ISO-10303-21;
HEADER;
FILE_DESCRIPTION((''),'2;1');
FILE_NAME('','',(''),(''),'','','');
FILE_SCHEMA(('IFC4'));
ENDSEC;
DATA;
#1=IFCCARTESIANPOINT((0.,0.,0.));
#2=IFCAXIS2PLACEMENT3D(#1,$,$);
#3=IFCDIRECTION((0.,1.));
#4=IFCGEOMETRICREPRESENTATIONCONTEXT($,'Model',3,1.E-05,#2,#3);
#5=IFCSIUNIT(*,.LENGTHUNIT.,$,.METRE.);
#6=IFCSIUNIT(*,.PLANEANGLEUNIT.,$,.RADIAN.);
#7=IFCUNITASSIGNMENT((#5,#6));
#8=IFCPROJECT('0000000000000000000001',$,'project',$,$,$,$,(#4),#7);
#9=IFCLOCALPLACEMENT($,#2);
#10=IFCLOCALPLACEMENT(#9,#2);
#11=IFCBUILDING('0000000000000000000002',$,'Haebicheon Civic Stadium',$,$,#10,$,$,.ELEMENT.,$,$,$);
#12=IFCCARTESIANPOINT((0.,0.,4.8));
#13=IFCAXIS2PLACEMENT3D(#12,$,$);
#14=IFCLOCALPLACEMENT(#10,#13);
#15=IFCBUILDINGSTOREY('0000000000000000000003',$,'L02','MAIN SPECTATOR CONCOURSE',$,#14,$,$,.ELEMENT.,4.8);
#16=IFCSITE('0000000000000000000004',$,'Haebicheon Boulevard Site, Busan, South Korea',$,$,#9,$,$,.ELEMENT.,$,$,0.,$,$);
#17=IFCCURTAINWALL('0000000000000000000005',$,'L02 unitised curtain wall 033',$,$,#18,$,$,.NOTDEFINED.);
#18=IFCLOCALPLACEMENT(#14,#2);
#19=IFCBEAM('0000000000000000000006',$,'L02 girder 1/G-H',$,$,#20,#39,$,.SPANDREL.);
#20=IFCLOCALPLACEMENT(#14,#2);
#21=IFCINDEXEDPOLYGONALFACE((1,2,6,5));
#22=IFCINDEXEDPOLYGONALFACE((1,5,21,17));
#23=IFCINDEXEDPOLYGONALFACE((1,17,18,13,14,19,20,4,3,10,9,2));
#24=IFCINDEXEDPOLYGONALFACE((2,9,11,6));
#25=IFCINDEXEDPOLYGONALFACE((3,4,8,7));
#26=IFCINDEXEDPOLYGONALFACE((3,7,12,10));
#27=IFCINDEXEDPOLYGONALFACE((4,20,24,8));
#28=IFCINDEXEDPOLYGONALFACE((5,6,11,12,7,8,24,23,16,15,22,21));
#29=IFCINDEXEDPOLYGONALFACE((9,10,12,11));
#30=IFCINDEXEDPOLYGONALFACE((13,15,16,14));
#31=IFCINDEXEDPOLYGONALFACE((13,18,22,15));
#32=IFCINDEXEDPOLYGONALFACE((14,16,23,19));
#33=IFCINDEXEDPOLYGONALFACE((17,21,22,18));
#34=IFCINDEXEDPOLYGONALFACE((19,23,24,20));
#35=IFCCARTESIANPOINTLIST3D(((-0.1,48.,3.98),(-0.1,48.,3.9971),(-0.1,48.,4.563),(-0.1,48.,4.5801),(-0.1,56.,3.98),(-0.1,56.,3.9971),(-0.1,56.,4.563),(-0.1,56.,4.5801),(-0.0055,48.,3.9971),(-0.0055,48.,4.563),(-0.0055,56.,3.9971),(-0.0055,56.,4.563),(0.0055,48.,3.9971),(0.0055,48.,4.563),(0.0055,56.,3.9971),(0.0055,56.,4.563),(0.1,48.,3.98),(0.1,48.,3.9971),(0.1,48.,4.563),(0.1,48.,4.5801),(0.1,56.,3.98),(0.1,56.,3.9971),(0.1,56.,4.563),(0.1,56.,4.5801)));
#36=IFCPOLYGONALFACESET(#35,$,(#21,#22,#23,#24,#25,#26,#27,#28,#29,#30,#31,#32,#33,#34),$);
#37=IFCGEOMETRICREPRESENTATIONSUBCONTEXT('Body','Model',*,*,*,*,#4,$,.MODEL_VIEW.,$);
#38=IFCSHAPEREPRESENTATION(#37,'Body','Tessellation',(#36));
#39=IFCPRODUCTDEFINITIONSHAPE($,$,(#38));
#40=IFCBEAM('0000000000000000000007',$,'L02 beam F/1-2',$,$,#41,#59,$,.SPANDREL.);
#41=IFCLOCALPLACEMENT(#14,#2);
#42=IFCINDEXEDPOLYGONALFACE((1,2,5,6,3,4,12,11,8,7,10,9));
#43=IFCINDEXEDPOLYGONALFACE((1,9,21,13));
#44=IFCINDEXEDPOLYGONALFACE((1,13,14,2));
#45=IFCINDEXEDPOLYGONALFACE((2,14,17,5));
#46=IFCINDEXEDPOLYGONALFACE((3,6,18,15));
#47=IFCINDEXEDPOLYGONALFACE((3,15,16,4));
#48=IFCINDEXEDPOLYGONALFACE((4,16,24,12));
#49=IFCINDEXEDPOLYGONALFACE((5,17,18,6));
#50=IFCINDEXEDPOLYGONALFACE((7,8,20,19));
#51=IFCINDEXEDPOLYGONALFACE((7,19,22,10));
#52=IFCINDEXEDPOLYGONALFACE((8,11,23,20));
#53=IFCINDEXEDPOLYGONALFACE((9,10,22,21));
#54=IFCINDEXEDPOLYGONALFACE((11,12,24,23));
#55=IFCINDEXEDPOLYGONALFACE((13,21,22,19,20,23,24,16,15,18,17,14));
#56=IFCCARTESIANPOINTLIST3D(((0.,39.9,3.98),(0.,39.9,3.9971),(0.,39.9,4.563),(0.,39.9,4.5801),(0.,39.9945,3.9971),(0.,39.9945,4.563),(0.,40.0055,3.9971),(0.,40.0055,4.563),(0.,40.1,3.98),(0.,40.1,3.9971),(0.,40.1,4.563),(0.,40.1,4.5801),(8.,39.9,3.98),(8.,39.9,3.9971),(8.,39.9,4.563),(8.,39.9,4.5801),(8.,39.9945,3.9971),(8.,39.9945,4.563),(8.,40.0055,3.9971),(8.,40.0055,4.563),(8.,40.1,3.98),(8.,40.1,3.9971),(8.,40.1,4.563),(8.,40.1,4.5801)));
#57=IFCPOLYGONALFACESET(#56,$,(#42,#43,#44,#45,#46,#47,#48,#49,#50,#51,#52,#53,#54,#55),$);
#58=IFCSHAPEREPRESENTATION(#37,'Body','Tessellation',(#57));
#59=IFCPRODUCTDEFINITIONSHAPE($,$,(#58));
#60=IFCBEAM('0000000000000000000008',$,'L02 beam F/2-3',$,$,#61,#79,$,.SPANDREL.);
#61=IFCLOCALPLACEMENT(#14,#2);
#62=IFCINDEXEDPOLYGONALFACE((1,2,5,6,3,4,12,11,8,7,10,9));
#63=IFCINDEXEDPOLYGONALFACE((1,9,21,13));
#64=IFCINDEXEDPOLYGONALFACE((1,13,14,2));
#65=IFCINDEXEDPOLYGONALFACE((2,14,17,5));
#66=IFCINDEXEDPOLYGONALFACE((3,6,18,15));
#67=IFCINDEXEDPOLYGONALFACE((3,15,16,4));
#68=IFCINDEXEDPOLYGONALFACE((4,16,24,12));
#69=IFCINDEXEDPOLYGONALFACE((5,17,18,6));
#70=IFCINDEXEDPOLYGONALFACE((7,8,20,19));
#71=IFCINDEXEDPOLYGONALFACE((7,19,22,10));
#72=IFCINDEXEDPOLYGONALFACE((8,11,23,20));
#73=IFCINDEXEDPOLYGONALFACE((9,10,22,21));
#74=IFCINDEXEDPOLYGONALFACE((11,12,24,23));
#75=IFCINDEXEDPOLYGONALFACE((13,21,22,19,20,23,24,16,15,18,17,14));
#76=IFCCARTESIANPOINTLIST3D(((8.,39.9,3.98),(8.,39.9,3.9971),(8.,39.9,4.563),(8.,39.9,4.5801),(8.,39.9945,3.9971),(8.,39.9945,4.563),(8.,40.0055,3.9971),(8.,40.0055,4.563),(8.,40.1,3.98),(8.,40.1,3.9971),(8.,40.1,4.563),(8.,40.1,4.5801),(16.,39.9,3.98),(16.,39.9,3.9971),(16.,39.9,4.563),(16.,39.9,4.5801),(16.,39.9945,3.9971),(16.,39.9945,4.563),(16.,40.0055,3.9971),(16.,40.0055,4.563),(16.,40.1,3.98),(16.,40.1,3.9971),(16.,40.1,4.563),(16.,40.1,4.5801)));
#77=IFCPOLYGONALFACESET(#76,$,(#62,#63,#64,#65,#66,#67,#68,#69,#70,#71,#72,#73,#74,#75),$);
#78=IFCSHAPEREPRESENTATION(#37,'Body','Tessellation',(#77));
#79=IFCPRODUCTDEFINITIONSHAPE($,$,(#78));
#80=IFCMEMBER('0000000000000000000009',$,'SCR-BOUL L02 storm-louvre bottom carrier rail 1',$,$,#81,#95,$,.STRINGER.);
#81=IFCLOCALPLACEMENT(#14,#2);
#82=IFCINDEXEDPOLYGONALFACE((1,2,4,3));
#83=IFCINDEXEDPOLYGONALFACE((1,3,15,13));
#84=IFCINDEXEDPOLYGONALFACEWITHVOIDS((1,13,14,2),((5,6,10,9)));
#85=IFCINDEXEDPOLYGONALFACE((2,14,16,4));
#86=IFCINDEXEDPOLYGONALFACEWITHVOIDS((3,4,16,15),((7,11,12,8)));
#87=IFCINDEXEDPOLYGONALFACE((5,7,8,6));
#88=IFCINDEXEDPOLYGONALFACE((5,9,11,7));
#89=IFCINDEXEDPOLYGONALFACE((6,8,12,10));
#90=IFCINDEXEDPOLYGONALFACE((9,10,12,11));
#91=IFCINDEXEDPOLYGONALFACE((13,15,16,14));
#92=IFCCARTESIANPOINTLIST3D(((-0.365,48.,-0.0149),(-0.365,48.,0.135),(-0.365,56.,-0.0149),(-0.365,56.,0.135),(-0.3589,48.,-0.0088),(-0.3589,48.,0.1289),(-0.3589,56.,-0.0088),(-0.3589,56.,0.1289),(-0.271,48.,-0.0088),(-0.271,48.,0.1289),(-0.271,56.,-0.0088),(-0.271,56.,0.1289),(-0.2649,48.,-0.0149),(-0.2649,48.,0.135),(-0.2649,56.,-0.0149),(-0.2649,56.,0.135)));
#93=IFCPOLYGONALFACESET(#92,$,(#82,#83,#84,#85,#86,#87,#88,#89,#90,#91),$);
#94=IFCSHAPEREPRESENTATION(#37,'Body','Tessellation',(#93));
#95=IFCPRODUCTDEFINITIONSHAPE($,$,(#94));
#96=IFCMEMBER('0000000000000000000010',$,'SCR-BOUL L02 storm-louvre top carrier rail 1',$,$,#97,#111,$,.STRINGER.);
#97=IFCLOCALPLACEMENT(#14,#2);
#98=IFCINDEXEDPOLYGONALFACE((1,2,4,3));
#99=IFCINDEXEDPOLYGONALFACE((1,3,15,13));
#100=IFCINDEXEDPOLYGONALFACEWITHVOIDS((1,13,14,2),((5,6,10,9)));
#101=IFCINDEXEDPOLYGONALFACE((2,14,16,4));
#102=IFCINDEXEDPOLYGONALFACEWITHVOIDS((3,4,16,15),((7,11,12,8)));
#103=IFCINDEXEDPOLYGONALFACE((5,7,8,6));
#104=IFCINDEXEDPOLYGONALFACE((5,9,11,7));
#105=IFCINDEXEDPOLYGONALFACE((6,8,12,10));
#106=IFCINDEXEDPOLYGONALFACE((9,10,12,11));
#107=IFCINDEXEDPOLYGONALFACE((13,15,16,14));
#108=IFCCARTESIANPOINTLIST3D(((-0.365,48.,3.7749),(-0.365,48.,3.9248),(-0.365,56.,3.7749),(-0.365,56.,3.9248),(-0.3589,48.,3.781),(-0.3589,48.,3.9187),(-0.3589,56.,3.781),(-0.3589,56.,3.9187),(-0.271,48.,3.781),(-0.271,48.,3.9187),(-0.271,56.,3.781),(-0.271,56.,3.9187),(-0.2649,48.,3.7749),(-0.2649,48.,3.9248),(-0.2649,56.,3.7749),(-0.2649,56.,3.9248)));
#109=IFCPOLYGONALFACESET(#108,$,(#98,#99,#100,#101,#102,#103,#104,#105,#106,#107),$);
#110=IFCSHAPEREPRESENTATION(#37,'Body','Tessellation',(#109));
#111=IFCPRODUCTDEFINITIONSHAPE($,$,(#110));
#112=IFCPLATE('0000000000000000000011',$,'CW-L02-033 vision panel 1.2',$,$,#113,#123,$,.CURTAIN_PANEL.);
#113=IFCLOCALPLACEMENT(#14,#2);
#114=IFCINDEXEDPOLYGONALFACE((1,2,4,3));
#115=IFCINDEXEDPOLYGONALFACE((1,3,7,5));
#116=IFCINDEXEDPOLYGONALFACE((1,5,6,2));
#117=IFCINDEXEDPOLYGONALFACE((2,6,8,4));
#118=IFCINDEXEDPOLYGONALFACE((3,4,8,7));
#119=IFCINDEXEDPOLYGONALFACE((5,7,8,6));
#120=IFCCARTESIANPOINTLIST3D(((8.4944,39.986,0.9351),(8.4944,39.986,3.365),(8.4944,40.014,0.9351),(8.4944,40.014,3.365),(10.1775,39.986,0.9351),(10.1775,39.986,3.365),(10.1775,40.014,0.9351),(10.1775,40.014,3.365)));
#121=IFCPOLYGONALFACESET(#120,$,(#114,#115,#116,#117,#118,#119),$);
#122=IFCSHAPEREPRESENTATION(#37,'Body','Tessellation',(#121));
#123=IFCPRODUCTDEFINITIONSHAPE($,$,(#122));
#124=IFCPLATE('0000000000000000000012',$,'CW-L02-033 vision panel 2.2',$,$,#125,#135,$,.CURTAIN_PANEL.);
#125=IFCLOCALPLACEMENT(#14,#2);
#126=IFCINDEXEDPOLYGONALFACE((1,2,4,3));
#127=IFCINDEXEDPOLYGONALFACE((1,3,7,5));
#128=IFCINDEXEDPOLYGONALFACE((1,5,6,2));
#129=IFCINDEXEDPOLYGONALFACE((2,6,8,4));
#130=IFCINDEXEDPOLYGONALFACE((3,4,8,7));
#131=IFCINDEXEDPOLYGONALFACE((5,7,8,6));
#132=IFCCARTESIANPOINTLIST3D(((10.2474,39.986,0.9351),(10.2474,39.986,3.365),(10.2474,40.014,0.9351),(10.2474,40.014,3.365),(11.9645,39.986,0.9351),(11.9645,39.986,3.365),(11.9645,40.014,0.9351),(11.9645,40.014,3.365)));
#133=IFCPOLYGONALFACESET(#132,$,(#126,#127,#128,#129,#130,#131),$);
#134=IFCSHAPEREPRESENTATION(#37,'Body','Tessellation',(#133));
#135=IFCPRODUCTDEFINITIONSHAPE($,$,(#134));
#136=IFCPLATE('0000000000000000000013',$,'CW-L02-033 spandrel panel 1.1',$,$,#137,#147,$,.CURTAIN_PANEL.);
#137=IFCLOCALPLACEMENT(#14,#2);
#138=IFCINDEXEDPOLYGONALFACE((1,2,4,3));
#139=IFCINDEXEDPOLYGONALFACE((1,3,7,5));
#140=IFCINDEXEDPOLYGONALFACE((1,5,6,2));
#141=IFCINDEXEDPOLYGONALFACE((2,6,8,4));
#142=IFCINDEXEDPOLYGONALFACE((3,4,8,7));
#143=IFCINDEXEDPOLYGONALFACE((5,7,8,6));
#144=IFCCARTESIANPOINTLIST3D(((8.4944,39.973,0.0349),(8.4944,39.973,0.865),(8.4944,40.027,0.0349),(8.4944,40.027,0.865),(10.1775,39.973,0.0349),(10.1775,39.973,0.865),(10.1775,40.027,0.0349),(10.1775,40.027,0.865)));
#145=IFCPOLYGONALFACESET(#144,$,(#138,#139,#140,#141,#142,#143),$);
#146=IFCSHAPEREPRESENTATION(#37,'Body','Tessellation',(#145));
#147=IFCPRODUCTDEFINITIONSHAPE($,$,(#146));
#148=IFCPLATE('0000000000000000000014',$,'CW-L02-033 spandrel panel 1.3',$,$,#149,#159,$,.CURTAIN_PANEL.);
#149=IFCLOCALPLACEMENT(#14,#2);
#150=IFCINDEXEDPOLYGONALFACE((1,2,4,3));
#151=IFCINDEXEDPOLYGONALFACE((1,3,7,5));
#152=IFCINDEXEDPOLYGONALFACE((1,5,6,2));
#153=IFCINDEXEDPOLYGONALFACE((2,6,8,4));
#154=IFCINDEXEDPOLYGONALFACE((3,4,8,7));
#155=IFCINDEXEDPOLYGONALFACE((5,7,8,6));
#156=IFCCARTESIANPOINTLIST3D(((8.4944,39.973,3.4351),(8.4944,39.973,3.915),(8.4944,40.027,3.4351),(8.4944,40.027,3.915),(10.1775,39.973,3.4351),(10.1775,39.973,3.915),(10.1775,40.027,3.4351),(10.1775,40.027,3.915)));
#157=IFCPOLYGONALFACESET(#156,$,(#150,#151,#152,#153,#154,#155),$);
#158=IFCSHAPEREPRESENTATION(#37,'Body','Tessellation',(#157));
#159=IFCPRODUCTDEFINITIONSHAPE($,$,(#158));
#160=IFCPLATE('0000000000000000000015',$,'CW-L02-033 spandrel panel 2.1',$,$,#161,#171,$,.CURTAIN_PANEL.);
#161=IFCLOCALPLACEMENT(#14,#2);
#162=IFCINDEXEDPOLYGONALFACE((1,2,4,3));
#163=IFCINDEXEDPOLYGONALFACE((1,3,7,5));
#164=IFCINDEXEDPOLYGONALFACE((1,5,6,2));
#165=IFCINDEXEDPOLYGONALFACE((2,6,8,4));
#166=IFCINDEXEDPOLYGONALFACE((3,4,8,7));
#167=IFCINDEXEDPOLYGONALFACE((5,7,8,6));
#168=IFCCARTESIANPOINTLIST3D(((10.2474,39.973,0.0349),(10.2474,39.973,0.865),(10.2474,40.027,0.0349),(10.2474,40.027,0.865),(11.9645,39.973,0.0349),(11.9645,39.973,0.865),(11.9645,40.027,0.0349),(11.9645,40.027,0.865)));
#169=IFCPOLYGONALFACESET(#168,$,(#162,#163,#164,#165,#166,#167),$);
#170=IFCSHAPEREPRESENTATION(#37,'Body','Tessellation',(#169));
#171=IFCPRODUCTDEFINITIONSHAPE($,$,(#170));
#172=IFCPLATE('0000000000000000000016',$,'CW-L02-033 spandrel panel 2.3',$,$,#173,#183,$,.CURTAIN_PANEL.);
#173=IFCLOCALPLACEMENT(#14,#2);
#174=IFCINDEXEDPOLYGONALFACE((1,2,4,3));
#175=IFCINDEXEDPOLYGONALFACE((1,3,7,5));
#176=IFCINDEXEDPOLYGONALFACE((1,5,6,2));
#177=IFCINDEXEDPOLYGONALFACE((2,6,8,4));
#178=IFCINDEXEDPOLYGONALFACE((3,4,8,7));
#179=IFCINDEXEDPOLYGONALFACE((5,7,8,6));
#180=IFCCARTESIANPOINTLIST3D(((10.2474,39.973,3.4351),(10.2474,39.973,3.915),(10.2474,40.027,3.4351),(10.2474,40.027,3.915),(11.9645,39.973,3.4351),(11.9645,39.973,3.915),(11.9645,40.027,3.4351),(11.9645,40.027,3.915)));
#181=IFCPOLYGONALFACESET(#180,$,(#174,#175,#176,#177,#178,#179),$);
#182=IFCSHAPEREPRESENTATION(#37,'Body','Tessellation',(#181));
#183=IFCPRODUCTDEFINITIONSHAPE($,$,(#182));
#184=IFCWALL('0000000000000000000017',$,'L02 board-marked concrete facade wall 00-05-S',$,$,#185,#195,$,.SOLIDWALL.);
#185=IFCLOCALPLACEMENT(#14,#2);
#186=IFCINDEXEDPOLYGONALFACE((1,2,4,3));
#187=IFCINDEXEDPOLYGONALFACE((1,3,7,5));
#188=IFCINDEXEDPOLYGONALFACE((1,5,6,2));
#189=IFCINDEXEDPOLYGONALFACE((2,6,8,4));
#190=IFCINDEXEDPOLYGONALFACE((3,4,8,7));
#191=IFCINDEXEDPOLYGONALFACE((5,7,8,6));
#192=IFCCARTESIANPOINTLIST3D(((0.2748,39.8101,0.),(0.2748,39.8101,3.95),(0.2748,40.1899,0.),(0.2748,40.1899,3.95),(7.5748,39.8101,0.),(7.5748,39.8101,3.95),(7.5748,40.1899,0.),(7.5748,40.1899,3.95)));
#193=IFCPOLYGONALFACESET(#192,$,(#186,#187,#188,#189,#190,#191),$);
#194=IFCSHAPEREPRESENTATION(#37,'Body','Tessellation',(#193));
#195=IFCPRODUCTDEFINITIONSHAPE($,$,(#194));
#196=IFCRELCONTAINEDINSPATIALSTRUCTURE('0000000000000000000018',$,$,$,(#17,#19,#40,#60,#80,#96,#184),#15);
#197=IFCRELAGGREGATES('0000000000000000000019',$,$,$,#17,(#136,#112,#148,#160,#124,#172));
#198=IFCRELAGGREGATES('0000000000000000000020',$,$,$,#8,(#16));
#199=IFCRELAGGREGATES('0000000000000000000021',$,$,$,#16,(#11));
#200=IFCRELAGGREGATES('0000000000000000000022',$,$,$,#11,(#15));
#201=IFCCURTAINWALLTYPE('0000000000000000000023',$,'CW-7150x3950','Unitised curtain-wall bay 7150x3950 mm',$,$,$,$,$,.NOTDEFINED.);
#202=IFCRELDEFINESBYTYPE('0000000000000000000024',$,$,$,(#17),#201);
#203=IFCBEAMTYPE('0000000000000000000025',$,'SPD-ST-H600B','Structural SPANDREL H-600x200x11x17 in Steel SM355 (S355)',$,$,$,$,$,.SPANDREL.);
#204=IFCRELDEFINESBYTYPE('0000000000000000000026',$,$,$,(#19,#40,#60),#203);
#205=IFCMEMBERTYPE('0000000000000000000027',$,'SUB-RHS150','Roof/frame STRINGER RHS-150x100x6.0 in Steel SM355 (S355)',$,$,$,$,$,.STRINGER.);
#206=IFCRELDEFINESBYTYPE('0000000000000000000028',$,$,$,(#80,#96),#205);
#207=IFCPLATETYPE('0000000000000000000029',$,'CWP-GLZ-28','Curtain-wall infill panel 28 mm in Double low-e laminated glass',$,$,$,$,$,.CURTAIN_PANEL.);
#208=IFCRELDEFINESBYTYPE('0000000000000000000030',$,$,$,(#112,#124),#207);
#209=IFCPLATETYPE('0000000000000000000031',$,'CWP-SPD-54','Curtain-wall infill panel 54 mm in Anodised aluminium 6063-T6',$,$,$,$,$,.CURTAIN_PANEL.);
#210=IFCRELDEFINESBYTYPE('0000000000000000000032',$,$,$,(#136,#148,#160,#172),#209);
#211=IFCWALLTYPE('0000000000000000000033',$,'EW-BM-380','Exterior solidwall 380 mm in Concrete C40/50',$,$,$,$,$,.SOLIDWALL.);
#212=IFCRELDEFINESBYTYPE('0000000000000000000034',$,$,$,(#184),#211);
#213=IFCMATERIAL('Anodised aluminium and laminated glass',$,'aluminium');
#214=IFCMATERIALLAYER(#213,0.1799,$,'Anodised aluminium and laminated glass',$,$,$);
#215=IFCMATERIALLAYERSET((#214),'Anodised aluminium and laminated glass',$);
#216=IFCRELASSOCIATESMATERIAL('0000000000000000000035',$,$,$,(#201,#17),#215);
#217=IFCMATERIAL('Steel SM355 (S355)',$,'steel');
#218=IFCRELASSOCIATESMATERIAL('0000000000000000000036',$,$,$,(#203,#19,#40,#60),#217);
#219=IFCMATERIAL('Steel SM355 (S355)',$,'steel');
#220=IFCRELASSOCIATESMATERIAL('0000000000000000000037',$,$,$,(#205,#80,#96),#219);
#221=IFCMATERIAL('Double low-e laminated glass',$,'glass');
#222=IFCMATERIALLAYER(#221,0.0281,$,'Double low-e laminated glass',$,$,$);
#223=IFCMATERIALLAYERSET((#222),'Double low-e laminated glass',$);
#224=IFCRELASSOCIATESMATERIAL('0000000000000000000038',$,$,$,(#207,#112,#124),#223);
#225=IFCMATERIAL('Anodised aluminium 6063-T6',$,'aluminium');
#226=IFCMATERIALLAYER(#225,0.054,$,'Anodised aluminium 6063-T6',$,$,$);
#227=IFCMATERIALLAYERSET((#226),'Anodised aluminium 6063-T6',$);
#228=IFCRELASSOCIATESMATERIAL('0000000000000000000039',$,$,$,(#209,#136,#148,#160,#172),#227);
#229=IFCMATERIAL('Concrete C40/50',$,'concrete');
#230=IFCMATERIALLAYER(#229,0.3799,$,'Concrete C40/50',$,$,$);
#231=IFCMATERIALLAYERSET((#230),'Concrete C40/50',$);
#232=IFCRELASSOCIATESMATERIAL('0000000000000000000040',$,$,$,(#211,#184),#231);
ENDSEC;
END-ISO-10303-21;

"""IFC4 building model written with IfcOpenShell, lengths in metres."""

from ifc_helpers import new_model, si_unit, direction, frame, frame_2d, origin, origin_2d, place, context, subcontext, project, spatial, rectangle, hollow_rectangle, i_section, extrude, material, layer, layer_set, material_profile, profile_set, type_object, element, aggregate, save


model = new_model("IFC4")

# Units and contexts
model_context = context("Model", 3, precision=1e-05, world=origin(), true_north=direction((0.0, 1.0)))
body_context = subcontext(model_context, "Body", "Model", "MODEL_VIEW")
ifc_project = project(units=[si_unit("LENGTHUNIT", "METRE"), si_unit("PLANEANGLEUNIT", "RADIAN")], contexts=[model_context])

# Site, building, storey
site_placement = place(None, origin())
site = spatial("IfcSite", under=ifc_project, at=site_placement, Name="Haebicheon Boulevard Site, Busan, South Korea", CompositionType="ELEMENT", RefElevation=0.0)
building_placement = place(site_placement, origin())
building = spatial("IfcBuilding", under=site, at=building_placement, Name="Haebicheon Civic Stadium", CompositionType="ELEMENT")
storey_placement = place(building_placement, frame((0.0, 0.0, 4.8)))
storey = spatial("IfcBuildingStorey", under=building, at=storey_placement, Name="L02", Description="MAIN SPECTATOR CONCOURSE", CompositionType="ELEMENT", Elevation=4.8)

# Curtain wall
ifc_material_1 = material(Name="Anodised aluminium and laminated glass", Category="aluminium")
ifc_layer_1 = layer(ifc_material_1, 0.1799, Name="Anodised aluminium and laminated glass")
ifc_layer_set_1 = layer_set([ifc_layer_1], Name="Anodised aluminium and laminated glass")
curtain_wall_type = type_object("IfcCurtainWallType", Name="CW-7150x3950", Description="Unitised curtain-wall bay 7150x3950 mm", PredefinedType="NOTDEFINED", material=ifc_layer_set_1)
curtain_wall_placement = place(storey_placement, origin())
curtain_wall = element("IfcCurtainWall", 1, at=curtain_wall_placement, inside=storey, type_object=curtain_wall_type, material=ifc_layer_set_1, Name="L02 unitised curtain wall 033", PredefinedType="NOTDEFINED")

# Beams
ifc_material_2 = material(Name="Steel SM355 (S355)", Category="steel")
ifc_material_profile_1 = material_profile(ifc_material_2, i_section(OverallWidth=0.2, OverallDepth=0.6001, WebThickness=0.011, FlangeThickness=0.0171, at=origin_2d()), Name="H-600x200x11x17")
ifc_profile_set_1 = profile_set([ifc_material_profile_1], Name="Steel SM355 (S355)")
beam_type_1 = type_object("IfcBeamType", Name="SPD-ST-H600B", Description="Structural SPANDREL H-600x200x11x17 in Steel SM355 (S355)", PredefinedType="SPANDREL", material=ifc_profile_set_1)
for number, where, z_axis, x_axis, name in (
    (2, (0.0, 48.0, 4.28), (0.0, 1.0, 0.0), (-1.0, 0.0, 0.0), "L02 girder 1/G-H"),
    (3, (0.0, 40.0, 4.28), (1.0, 0.0, 0.0), (0.0, 1.0, 0.0), "L02 beam F/1-2"),
    (4, (8.0, 40.0, 4.28), (1.0, 0.0, 0.0), (0.0, 1.0, 0.0), "L02 beam F/2-3"),
):
    element("IfcBeam", number, at=place(storey_placement, frame(where, z_axis=z_axis, x_axis=x_axis)), inside=storey, type_object=beam_type_1, material=ifc_profile_set_1, Name=name, PredefinedType="SPANDREL", context=body_context, shape_type="SweptSolid", body=[
        extrude(i_section(OverallWidth=0.2, OverallDepth=0.6001, WebThickness=0.011, FlangeThickness=0.0171, at=origin_2d()), origin(), (0.0, 0.0, 1.0), 8.0),
    ])

# Members
ifc_material_3 = material(Name="Steel SM355 (S355)", Category="steel")
ifc_material_profile_2 = material_profile(ifc_material_3, hollow_rectangle(XDim=0.1001, YDim=0.1499, WallThickness=0.0061, at=origin_2d()), Name="RHS-150x100x6.0")
ifc_profile_set_2 = profile_set([ifc_material_profile_2], Name="Steel SM355 (S355)")
member_type_1 = type_object("IfcMemberType", Name="SUB-RHS150", Description="Roof/frame STRINGER RHS-150x100x6.0 in Steel SM355 (S355)", PredefinedType="STRINGER", material=ifc_profile_set_2)
for number, where, z_axis, x_axis, name in (
    (5, (-0.3149, 48.0, 0.0601), (0.0, 1.0, 0.0), (-1.0, 0.0, 0.0), "SCR-BOUL L02 storm-louvre bottom carrier rail 1"),
    (6, (-0.3149, 48.0, 3.8499), (0.0, 1.0, 0.0), (-1.0, 0.0, 0.0), "SCR-BOUL L02 storm-louvre top carrier rail 1"),
):
    element("IfcMember", number, at=place(storey_placement, frame(where, z_axis=z_axis, x_axis=x_axis)), inside=storey, type_object=member_type_1, material=ifc_profile_set_2, Name=name, PredefinedType="STRINGER", context=body_context, shape_type="SweptSolid", body=[
        extrude(hollow_rectangle(XDim=0.1001, YDim=0.1499, WallThickness=0.0061, at=origin_2d()), origin(), (0.0, 0.0, 1.0), 8.0),
    ])

# Plates
ifc_material_4 = material(Name="Double low-e laminated glass", Category="glass")
ifc_layer_2 = layer(ifc_material_4, 0.0281, Name="Double low-e laminated glass")
ifc_layer_set_2 = layer_set([ifc_layer_2], Name="Double low-e laminated glass")
plate_type_1 = type_object("IfcPlateType", Name="CWP-GLZ-28", Description="Curtain-wall infill panel 28 mm in Double low-e laminated glass", PredefinedType="CURTAIN_PANEL", material=ifc_layer_set_2)
plate_1_placement = place(storey_placement, frame((9.3359, 40.0, 0.9351), z_axis=(0.0, 0.0, 1.0), x_axis=(1.0, 0.0, 0.0)))
plate_1 = element("IfcPlate", 7, at=plate_1_placement, type_object=plate_type_1, material=ifc_layer_set_2, Name="CW-L02-033 vision panel 1.2", PredefinedType="CURTAIN_PANEL", context=body_context, shape_type="SweptSolid", body=[
    extrude(rectangle(XDim=1.6831, YDim=0.0281, at=origin_2d()), origin(), (0.0, 0.0, 1.0), 2.4299),
])
plate_2_placement = place(storey_placement, frame((11.106, 40.0, 0.9351), z_axis=(0.0, 0.0, 1.0), x_axis=(1.0, 0.0, 0.0)))
plate_2 = element("IfcPlate", 8, at=plate_2_placement, type_object=plate_type_1, material=ifc_layer_set_2, Name="CW-L02-033 vision panel 2.2", PredefinedType="CURTAIN_PANEL", context=body_context, shape_type="SweptSolid", body=[
    extrude(rectangle(XDim=1.717, YDim=0.0281, at=origin_2d()), origin(), (0.0, 0.0, 1.0), 2.4299),
])
ifc_material_5 = material(Name="Anodised aluminium 6063-T6", Category="aluminium")
ifc_layer_3 = layer(ifc_material_5, 0.054, Name="Anodised aluminium 6063-T6")
ifc_layer_set_3 = layer_set([ifc_layer_3], Name="Anodised aluminium 6063-T6")
plate_type_2 = type_object("IfcPlateType", Name="CWP-SPD-54", Description="Curtain-wall infill panel 54 mm in Anodised aluminium 6063-T6", PredefinedType="CURTAIN_PANEL", material=ifc_layer_set_3)
plate_3_placement = place(storey_placement, frame((9.3359, 40.0, 0.0349), z_axis=(0.0, 0.0, 1.0), x_axis=(1.0, 0.0, 0.0)))
plate_3 = element("IfcPlate", 9, at=plate_3_placement, type_object=plate_type_2, material=ifc_layer_set_3, Name="CW-L02-033 spandrel panel 1.1", PredefinedType="CURTAIN_PANEL", context=body_context, shape_type="SweptSolid", body=[
    extrude(rectangle(XDim=1.6831, YDim=0.054, at=origin_2d()), origin(), (0.0, 0.0, 1.0), 0.8301),
])
plate_4_placement = place(storey_placement, frame((9.3359, 40.0, 3.4351), z_axis=(0.0, 0.0, 1.0), x_axis=(1.0, 0.0, 0.0)))
plate_4 = element("IfcPlate", 10, at=plate_4_placement, type_object=plate_type_2, material=ifc_layer_set_3, Name="CW-L02-033 spandrel panel 1.3", PredefinedType="CURTAIN_PANEL", context=body_context, shape_type="SweptSolid", body=[
    extrude(rectangle(XDim=1.6831, YDim=0.054, at=origin_2d()), origin(), (0.0, 0.0, 1.0), 0.48),
])
plate_5_placement = place(storey_placement, frame((11.106, 40.0, 0.0349), z_axis=(0.0, 0.0, 1.0), x_axis=(1.0, 0.0, 0.0)))
plate_5 = element("IfcPlate", 11, at=plate_5_placement, type_object=plate_type_2, material=ifc_layer_set_3, Name="CW-L02-033 spandrel panel 2.1", PredefinedType="CURTAIN_PANEL", context=body_context, shape_type="SweptSolid", body=[
    extrude(rectangle(XDim=1.717, YDim=0.054, at=origin_2d()), origin(), (0.0, 0.0, 1.0), 0.8301),
])
plate_6_placement = place(storey_placement, frame((11.106, 40.0, 3.4351), z_axis=(0.0, 0.0, 1.0), x_axis=(1.0, 0.0, 0.0)))
plate_6 = element("IfcPlate", 12, at=plate_6_placement, type_object=plate_type_2, material=ifc_layer_set_3, Name="CW-L02-033 spandrel panel 2.3", PredefinedType="CURTAIN_PANEL", context=body_context, shape_type="SweptSolid", body=[
    extrude(rectangle(XDim=1.717, YDim=0.054, at=origin_2d()), origin(), (0.0, 0.0, 1.0), 0.48),
])
aggregate(curtain_wall, [plate_3, plate_1, plate_4, plate_5, plate_2, plate_6])

# Wall
ifc_material_6 = material(Name="Concrete C40/50", Category="concrete")
ifc_layer_4 = layer(ifc_material_6, 0.3799, Name="Concrete C40/50")
ifc_layer_set_4 = layer_set([ifc_layer_4], Name="Concrete C40/50")
wall_type = type_object("IfcWallType", Name="EW-BM-380", Description="Exterior solidwall 380 mm in Concrete C40/50", PredefinedType="SOLIDWALL", material=ifc_layer_set_4)
wall_1_placement = place(storey_placement, frame((0.2749, 40.0, 0.0), z_axis=(0.0, 0.0, 1.0), x_axis=(1.0, 0.0, 0.0)))
element("IfcWall", 13, at=wall_1_placement, inside=storey, type_object=wall_type, material=ifc_layer_set_4, Name="L02 board-marked concrete facade wall 00-05-S", PredefinedType="SOLIDWALL", context=body_context, shape_type="SweptSolid", body=[
    extrude(rectangle(XDim=7.3, YDim=0.3799, at=frame_2d((3.6499, 0.0))), origin(), (0.0, 0.0, 1.0), 3.95),
])

save(model, "model.ifc")
